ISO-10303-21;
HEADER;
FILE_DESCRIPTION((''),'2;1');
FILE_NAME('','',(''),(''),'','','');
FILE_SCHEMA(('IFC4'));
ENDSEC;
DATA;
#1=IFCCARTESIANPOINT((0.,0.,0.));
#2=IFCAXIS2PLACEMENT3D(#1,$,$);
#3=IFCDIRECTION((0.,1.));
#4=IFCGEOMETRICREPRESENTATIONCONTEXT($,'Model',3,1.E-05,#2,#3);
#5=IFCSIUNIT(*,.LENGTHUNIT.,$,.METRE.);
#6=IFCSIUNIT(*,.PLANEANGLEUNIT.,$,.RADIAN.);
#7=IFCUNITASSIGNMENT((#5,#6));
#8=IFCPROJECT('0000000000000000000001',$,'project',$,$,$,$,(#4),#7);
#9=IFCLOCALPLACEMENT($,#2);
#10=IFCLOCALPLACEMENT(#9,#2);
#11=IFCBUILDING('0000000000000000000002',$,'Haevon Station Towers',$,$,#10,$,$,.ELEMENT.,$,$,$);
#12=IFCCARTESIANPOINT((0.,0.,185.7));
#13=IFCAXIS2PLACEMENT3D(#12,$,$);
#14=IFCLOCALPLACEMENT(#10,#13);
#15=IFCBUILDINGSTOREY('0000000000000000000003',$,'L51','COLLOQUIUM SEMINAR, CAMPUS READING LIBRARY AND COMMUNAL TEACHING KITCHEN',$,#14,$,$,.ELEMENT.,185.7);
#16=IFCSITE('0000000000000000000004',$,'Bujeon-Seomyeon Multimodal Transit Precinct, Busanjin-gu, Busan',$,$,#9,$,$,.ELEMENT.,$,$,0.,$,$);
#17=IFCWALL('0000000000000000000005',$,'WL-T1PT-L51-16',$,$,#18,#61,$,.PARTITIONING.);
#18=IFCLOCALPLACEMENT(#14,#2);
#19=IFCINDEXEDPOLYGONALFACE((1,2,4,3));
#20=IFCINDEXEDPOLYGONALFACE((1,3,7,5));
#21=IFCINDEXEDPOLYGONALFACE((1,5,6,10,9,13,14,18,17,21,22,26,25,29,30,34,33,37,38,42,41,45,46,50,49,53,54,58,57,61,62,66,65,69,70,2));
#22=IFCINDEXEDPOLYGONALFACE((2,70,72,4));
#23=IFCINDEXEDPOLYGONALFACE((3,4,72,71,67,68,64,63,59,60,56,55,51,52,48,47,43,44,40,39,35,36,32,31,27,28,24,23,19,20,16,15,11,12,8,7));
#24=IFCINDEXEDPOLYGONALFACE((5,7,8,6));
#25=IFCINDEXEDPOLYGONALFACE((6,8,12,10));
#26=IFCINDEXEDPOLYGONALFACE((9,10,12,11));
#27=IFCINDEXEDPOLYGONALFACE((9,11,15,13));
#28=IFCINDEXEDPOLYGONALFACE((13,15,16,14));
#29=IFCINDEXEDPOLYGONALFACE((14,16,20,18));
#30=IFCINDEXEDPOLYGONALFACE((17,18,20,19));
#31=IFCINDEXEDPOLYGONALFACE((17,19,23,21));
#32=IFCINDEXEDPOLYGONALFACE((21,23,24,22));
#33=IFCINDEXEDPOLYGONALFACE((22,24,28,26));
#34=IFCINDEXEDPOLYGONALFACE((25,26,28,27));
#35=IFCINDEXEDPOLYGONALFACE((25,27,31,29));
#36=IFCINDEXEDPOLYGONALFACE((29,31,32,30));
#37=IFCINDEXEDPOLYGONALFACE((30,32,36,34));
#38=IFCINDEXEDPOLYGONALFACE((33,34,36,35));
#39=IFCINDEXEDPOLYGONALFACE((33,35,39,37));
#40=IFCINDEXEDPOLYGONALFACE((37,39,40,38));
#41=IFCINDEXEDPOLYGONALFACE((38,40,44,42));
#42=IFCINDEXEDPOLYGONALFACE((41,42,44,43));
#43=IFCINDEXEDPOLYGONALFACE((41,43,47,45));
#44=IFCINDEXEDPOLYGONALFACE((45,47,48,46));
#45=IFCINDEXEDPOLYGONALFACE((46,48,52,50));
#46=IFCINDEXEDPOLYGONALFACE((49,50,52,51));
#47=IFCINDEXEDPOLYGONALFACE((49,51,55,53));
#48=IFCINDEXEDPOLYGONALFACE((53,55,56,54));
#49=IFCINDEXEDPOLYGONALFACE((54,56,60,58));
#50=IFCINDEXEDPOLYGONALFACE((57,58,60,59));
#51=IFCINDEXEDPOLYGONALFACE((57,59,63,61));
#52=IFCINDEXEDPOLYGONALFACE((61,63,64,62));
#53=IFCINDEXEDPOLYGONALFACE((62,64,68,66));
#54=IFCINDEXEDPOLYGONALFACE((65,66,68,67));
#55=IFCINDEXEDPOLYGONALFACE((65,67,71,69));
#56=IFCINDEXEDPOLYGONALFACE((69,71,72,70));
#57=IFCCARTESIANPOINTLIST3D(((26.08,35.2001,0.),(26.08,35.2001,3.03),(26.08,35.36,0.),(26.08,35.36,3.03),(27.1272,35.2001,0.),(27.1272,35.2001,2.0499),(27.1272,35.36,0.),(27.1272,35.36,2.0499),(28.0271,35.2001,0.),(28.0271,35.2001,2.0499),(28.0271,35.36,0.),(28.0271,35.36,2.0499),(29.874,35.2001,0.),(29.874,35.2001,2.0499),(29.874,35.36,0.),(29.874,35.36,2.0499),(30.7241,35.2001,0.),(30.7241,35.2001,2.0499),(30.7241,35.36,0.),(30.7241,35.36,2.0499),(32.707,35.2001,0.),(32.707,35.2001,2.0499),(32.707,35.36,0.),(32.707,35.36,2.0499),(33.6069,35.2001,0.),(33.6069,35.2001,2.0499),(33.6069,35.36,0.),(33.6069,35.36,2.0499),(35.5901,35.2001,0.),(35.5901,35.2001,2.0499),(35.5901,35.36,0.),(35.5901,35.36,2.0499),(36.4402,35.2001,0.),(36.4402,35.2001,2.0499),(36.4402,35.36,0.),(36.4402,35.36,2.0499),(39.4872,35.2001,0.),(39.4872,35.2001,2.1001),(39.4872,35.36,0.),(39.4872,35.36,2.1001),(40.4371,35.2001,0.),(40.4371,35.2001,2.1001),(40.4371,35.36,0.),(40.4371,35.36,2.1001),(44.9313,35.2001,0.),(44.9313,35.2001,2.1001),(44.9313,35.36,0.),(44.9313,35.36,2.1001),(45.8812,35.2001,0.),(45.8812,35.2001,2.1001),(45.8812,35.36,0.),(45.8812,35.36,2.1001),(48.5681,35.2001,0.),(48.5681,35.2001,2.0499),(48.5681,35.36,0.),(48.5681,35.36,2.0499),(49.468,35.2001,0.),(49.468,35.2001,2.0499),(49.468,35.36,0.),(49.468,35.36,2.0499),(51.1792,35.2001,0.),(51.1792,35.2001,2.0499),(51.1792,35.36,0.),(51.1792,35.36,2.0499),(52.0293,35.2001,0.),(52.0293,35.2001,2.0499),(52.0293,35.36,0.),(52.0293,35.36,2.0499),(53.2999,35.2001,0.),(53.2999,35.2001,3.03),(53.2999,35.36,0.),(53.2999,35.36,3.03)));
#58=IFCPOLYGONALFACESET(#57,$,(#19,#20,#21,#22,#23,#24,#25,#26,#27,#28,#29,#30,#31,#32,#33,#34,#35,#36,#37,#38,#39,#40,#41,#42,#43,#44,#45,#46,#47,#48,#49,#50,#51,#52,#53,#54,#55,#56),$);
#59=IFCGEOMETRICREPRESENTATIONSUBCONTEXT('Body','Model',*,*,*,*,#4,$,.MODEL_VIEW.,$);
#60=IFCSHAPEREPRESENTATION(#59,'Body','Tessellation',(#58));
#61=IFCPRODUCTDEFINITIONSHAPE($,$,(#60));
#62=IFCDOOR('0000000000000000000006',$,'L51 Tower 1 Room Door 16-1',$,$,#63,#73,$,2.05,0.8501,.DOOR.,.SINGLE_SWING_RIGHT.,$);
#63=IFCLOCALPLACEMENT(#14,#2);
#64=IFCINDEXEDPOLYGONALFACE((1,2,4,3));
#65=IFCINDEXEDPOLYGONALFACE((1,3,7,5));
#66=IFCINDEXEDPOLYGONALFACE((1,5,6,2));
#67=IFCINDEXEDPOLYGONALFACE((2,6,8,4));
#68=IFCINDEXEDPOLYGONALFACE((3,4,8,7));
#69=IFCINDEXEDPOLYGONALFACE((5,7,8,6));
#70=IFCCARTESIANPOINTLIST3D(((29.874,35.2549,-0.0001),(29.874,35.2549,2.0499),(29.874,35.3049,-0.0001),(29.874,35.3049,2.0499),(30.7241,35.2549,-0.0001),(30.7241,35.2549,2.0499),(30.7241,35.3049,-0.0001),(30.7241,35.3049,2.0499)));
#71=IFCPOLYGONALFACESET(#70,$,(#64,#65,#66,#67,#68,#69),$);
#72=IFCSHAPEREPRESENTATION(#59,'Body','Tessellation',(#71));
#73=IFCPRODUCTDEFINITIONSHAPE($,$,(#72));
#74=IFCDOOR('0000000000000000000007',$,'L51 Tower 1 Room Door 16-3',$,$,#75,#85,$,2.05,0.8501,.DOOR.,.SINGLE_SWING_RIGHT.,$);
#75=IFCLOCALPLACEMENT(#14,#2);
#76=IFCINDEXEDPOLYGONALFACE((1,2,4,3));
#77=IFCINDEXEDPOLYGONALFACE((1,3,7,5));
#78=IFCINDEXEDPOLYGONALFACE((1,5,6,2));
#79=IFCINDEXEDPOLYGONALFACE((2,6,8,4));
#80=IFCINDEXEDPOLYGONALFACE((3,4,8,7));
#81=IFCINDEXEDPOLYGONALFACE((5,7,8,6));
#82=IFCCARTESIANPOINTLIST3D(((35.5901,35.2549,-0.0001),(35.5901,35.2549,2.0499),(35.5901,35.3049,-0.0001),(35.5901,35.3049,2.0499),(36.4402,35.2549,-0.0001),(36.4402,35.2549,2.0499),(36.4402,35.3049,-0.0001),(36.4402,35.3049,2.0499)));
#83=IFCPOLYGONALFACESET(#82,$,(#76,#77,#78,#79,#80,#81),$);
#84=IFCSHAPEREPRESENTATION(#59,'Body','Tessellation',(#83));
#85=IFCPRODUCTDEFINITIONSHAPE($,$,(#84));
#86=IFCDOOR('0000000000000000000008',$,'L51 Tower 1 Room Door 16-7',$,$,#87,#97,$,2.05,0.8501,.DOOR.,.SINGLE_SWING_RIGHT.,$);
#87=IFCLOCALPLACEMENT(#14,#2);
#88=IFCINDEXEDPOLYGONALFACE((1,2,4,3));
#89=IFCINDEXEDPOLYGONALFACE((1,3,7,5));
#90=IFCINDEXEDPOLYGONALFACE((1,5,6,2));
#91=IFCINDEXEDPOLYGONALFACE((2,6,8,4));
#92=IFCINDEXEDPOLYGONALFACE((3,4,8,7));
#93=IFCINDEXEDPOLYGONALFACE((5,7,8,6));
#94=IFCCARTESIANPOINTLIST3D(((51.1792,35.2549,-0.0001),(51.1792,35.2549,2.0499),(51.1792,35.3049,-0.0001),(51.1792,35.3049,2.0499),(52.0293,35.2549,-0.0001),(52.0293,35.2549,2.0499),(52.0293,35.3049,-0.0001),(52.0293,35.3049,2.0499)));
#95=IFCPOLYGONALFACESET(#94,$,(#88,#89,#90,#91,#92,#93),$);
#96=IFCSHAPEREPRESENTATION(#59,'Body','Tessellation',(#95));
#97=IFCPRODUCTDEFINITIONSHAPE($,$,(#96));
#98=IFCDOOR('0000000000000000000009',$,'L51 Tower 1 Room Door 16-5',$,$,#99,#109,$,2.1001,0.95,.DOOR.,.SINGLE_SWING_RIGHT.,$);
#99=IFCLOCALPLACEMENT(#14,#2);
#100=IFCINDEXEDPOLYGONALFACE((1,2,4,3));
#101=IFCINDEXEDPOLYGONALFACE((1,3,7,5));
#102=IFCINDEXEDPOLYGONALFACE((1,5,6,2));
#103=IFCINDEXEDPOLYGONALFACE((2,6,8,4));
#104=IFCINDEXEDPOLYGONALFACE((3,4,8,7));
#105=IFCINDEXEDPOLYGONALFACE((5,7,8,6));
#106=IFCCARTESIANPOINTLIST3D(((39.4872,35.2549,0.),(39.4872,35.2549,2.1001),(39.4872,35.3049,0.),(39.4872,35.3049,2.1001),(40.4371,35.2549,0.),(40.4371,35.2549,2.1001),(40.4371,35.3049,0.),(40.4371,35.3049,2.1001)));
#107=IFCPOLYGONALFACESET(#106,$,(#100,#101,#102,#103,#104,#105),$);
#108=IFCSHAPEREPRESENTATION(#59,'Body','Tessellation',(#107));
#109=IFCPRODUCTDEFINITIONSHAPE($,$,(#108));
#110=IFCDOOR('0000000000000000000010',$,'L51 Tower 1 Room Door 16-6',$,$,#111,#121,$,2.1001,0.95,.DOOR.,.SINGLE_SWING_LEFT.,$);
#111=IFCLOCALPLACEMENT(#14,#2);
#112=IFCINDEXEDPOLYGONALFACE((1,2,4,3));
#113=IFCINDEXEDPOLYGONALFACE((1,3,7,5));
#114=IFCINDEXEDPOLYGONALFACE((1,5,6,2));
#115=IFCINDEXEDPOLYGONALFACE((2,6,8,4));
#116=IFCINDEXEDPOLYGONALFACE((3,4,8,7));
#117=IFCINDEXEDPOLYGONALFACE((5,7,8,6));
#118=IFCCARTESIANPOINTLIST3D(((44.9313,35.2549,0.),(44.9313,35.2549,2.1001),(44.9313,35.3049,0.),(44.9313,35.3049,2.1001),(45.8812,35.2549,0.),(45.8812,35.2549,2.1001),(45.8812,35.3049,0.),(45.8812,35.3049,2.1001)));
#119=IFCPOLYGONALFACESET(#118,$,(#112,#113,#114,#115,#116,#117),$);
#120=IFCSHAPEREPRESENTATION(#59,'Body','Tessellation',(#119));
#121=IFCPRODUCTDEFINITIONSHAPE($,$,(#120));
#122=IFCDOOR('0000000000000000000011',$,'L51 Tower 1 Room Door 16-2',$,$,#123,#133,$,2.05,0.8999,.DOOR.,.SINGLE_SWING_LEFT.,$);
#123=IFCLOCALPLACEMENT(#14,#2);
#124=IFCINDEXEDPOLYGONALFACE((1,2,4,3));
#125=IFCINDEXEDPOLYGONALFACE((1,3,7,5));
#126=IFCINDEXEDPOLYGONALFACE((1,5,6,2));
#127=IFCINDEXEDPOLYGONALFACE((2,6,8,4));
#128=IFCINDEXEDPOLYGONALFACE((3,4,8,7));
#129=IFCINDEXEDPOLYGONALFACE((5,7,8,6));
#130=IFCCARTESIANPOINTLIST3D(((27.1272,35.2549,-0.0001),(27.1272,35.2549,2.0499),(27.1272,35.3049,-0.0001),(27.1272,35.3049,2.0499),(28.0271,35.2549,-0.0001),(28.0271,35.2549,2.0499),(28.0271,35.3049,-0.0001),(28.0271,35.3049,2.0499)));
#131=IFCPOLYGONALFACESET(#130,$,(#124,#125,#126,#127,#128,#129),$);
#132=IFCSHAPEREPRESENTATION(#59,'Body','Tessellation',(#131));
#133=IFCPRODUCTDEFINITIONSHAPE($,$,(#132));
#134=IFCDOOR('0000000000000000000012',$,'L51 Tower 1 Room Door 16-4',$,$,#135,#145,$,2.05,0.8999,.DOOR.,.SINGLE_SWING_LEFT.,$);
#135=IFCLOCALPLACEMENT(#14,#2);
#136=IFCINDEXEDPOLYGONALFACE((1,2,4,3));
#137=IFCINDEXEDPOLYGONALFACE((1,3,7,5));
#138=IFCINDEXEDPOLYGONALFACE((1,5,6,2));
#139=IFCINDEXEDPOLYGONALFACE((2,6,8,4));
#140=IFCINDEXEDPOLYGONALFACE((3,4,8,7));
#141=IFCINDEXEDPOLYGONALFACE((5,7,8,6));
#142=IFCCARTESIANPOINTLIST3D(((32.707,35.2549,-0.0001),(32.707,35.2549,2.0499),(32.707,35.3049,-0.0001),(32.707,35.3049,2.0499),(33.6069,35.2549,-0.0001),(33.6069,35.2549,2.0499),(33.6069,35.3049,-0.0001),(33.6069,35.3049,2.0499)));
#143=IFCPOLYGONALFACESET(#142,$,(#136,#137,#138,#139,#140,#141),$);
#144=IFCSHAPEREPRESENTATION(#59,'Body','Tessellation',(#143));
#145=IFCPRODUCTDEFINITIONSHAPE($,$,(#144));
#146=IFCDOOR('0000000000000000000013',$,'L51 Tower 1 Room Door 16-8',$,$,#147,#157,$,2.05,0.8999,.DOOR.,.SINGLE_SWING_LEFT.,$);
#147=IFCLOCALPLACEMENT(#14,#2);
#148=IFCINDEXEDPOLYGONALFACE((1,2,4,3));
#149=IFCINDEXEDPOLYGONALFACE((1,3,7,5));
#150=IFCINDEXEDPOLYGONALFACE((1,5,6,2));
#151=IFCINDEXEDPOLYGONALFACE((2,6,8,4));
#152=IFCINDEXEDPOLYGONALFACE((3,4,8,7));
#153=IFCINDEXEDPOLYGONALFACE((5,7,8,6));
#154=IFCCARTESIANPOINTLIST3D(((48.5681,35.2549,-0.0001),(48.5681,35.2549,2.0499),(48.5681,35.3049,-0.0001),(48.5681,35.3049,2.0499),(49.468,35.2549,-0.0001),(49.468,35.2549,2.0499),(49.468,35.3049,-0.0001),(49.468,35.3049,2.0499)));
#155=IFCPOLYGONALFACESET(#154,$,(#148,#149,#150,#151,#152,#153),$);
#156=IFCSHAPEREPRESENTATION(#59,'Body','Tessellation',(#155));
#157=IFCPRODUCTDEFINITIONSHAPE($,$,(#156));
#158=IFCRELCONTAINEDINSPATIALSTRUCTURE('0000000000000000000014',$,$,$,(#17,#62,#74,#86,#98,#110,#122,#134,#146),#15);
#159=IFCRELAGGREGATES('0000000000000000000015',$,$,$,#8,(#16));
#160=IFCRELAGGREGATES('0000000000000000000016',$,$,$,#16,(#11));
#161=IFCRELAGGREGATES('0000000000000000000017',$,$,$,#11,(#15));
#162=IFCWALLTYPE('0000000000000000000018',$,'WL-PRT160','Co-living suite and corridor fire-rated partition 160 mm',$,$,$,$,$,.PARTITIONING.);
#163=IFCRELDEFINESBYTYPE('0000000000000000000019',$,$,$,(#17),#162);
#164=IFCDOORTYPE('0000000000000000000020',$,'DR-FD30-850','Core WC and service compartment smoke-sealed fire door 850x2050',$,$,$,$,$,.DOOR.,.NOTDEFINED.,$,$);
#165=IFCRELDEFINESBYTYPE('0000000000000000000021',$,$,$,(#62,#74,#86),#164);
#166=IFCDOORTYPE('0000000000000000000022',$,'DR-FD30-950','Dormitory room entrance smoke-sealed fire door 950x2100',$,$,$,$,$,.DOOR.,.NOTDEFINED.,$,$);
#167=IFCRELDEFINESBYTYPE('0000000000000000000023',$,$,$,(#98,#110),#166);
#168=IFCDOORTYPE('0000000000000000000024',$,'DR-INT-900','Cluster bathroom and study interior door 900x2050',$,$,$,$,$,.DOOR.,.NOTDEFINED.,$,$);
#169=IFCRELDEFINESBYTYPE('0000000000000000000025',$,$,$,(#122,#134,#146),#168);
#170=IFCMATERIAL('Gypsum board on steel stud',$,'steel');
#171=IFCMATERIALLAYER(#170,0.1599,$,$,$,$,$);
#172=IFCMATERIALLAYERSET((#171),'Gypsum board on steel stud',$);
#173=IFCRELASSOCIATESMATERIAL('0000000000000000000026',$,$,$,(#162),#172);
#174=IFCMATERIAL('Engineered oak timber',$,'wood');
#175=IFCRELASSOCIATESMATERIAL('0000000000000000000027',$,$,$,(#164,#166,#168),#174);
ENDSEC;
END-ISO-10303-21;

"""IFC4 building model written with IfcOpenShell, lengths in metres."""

from ifc_helpers import new_model, si_unit, direction, frame, frame_2d, origin, place, context, subcontext, project, spatial, rectangle, extrude, material, layer, layer_set, type_object, element, fill, save


model = new_model("IFC4")

# Units and contexts
model_context = context("Model", 3, precision=1e-05, world=origin(), true_north=direction((0.0, 1.0)))
body_context = subcontext(model_context, "Body", "Model", "MODEL_VIEW")
ifc_project = project(units=[si_unit("LENGTHUNIT", "METRE"), si_unit("PLANEANGLEUNIT", "RADIAN")], contexts=[model_context])

# Site, building, storey
site_placement = place(None, origin())
site = spatial("IfcSite", under=ifc_project, at=site_placement, Name="Bujeon-Seomyeon Multimodal Transit Precinct, Busanjin-gu, Busan", CompositionType="ELEMENT", RefElevation=0.0)
building_placement = place(site_placement, origin())
building = spatial("IfcBuilding", under=site, at=building_placement, Name="Haevon Station Towers", CompositionType="ELEMENT")
storey_placement = place(building_placement, frame((0.0, 0.0, 185.7)))
storey = spatial("IfcBuildingStorey", under=building, at=storey_placement, Name="L51", Description="COLLOQUIUM SEMINAR, CAMPUS READING LIBRARY AND COMMUNAL TEACHING KITCHEN", CompositionType="ELEMENT", Elevation=185.7)

# Shared definitions
ifc_material_1 = material(Name="Gypsum board on steel stud", Category="steel")
ifc_material_2 = material(Name="Engineered oak timber", Category="wood")

# Wall, openings, doors
ifc_layer_1 = layer(ifc_material_1, 0.1599)
ifc_layer_set_1 = layer_set([ifc_layer_1], Name="Gypsum board on steel stud")
wall_type_1 = type_object("IfcWallType", Name="WL-PRT160", Description="Co-living suite and corridor fire-rated partition 160 mm", PredefinedType="PARTITIONING", material=ifc_layer_set_1)
wall_1_placement = place(storey_placement, frame((26.0801, 35.28, 0.0), z_axis=(0.0, 0.0, 1.0), x_axis=(1.0, 0.0, 0.0)))
wall_1 = element("IfcWall", 1, at=wall_1_placement, inside=storey, type_object=wall_type_1, Name="WL-T1PT-L51-16", PredefinedType="PARTITIONING", context=body_context, shape_type="SweptSolid", body=[
    extrude(rectangle(XDim=27.22, YDim=0.1599, at=frame_2d((13.6099, 0.0))), origin(), (0.0, 0.0, 1.0), 3.03),
])
opening_1_placement = place(wall_1_placement, frame((3.7939, 0.0, 0.0)))
opening_1 = element("IfcOpeningElement", 2, at=opening_1_placement, cuts=wall_1, PredefinedType="OPENING", context=body_context, shape_type="SweptSolid", body=[
    extrude(rectangle(XDim=0.8501, YDim=2.05, at=frame_2d((0.425, 1.0249))), frame((0.0, 0.0898, 0.0), z_axis=(0.0, -1.0, 0.0), x_axis=(1.0, 0.0, 0.0)), (0.0, 0.0, 1.0), 0.1799),
])
opening_2_placement = place(wall_1_placement, frame((1.0471, 0.0, 0.0)))
opening_2 = element("IfcOpeningElement", 3, at=opening_2_placement, cuts=wall_1, PredefinedType="OPENING", context=body_context, shape_type="SweptSolid", body=[
    extrude(rectangle(XDim=0.8999, YDim=2.05, at=frame_2d((0.45, 1.0249))), frame((0.0, 0.0898, 0.0), z_axis=(0.0, -1.0, 0.0), x_axis=(1.0, 0.0, 0.0)), (0.0, 0.0, 1.0), 0.1799),
])
opening_3_placement = place(wall_1_placement, frame((9.51, 0.0, 0.0)))
opening_3 = element("IfcOpeningElement", 4, at=opening_3_placement, cuts=wall_1, PredefinedType="OPENING", context=body_context, shape_type="SweptSolid", body=[
    extrude(rectangle(XDim=0.8501, YDim=2.05, at=frame_2d((0.425, 1.0249))), frame((0.0, 0.0898, 0.0), z_axis=(0.0, -1.0, 0.0), x_axis=(1.0, 0.0, 0.0)), (0.0, 0.0, 1.0), 0.1799),
])
opening_4_placement = place(wall_1_placement, frame((6.627, 0.0, 0.0)))
opening_4 = element("IfcOpeningElement", 5, at=opening_4_placement, cuts=wall_1, PredefinedType="OPENING", context=body_context, shape_type="SweptSolid", body=[
    extrude(rectangle(XDim=0.8999, YDim=2.05, at=frame_2d((0.45, 1.0249))), frame((0.0, 0.0898, 0.0), z_axis=(0.0, -1.0, 0.0), x_axis=(1.0, 0.0, 0.0)), (0.0, 0.0, 1.0), 0.1799),
])
opening_5_placement = place(wall_1_placement, frame((13.407, 0.0, 0.0)))
opening_5 = element("IfcOpeningElement", 6, at=opening_5_placement, cuts=wall_1, PredefinedType="OPENING", context=body_context, shape_type="SweptSolid", body=[
    extrude(rectangle(XDim=0.95, YDim=2.1001, at=frame_2d((0.4751, 1.05))), frame((0.0, 0.0898, 0.0), z_axis=(0.0, -1.0, 0.0), x_axis=(1.0, 0.0, 0.0)), (0.0, 0.0, 1.0), 0.1799),
])
opening_6_placement = place(wall_1_placement, frame((18.8511, 0.0, 0.0)))
opening_6 = element("IfcOpeningElement", 7, at=opening_6_placement, cuts=wall_1, PredefinedType="OPENING", context=body_context, shape_type="SweptSolid", body=[
    extrude(rectangle(XDim=0.95, YDim=2.1001, at=frame_2d((0.4751, 1.05))), frame((0.0, 0.0898, 0.0), z_axis=(0.0, -1.0, 0.0), x_axis=(1.0, 0.0, 0.0)), (0.0, 0.0, 1.0), 0.1799),
])
opening_7_placement = place(wall_1_placement, frame((25.0991, 0.0, 0.0)))
opening_7 = element("IfcOpeningElement", 8, at=opening_7_placement, cuts=wall_1, PredefinedType="OPENING", context=body_context, shape_type="SweptSolid", body=[
    extrude(rectangle(XDim=0.8501, YDim=2.05, at=frame_2d((0.425, 1.0249))), frame((0.0, 0.0898, 0.0), z_axis=(0.0, -1.0, 0.0), x_axis=(1.0, 0.0, 0.0)), (0.0, 0.0, 1.0), 0.1799),
])
opening_8_placement = place(wall_1_placement, frame((22.488, 0.0, 0.0)))
opening_8 = element("IfcOpeningElement", 9, at=opening_8_placement, cuts=wall_1, PredefinedType="OPENING", context=body_context, shape_type="SweptSolid", body=[
    extrude(rectangle(XDim=0.8999, YDim=2.05, at=frame_2d((0.45, 1.0249))), frame((0.0, 0.0898, 0.0), z_axis=(0.0, -1.0, 0.0), x_axis=(1.0, 0.0, 0.0)), (0.0, 0.0, 1.0), 0.1799),
])
door_type_1 = type_object("IfcDoorType", Name="DR-FD30-850", Description="Core WC and service compartment smoke-sealed fire door 850x2050", OperationType="NOTDEFINED", PredefinedType="DOOR", material=ifc_material_2)
door_1_placement = place(opening_1_placement, origin())
door_1 = element("IfcDoor", 10, at=door_1_placement, inside=storey, type_object=door_type_1, Name="L51 Tower 1 Room Door 16-1", OperationType="SINGLE_SWING_RIGHT", OverallHeight=2.05, OverallWidth=0.8501, PredefinedType="DOOR", context=body_context, shape_type="SweptSolid", body=[
    extrude(rectangle(XDim=0.8501, YDim=2.05, at=frame_2d((0.425, 1.0249))), frame((0.0, 0.0249, 0.0), z_axis=(0.0, -1.0, 0.0), x_axis=(1.0, 0.0, 0.0)), (0.0, 0.0, 1.0), 0.05),
])
fill(opening_1, door_1)
door_2_placement = place(opening_3_placement, origin())
door_2 = element("IfcDoor", 11, at=door_2_placement, inside=storey, type_object=door_type_1, Name="L51 Tower 1 Room Door 16-3", OperationType="SINGLE_SWING_RIGHT", OverallHeight=2.05, OverallWidth=0.8501, PredefinedType="DOOR", context=body_context, shape_type="SweptSolid", body=[
    extrude(rectangle(XDim=0.8501, YDim=2.05, at=frame_2d((0.425, 1.0249))), frame((0.0, 0.0249, 0.0), z_axis=(0.0, -1.0, 0.0), x_axis=(1.0, 0.0, 0.0)), (0.0, 0.0, 1.0), 0.05),
])
fill(opening_3, door_2)
door_3_placement = place(opening_7_placement, origin())
door_3 = element("IfcDoor", 12, at=door_3_placement, inside=storey, type_object=door_type_1, Name="L51 Tower 1 Room Door 16-7", OperationType="SINGLE_SWING_RIGHT", OverallHeight=2.05, OverallWidth=0.8501, PredefinedType="DOOR", context=body_context, shape_type="SweptSolid", body=[
    extrude(rectangle(XDim=0.8501, YDim=2.05, at=frame_2d((0.425, 1.0249))), frame((0.0, 0.0249, 0.0), z_axis=(0.0, -1.0, 0.0), x_axis=(1.0, 0.0, 0.0)), (0.0, 0.0, 1.0), 0.05),
])
fill(opening_7, door_3)
door_type_2 = type_object("IfcDoorType", Name="DR-FD30-950", Description="Dormitory room entrance smoke-sealed fire door 950x2100", OperationType="NOTDEFINED", PredefinedType="DOOR", material=ifc_material_2)
door_4_placement = place(opening_5_placement, origin())
door_4 = element("IfcDoor", 13, at=door_4_placement, inside=storey, type_object=door_type_2, Name="L51 Tower 1 Room Door 16-5", OperationType="SINGLE_SWING_RIGHT", OverallHeight=2.1001, OverallWidth=0.95, PredefinedType="DOOR", context=body_context, shape_type="SweptSolid", body=[
    extrude(rectangle(XDim=0.95, YDim=2.1001, at=frame_2d((0.4751, 1.05))), frame((0.0, 0.0249, 0.0), z_axis=(0.0, -1.0, 0.0), x_axis=(1.0, 0.0, 0.0)), (0.0, 0.0, 1.0), 0.05),
])
fill(opening_5, door_4)
door_5_placement = place(opening_6_placement, origin())
door_5 = element("IfcDoor", 14, at=door_5_placement, inside=storey, type_object=door_type_2, Name="L51 Tower 1 Room Door 16-6", OperationType="SINGLE_SWING_LEFT", OverallHeight=2.1001, OverallWidth=0.95, PredefinedType="DOOR", context=body_context, shape_type="SweptSolid", body=[
    extrude(rectangle(XDim=0.95, YDim=2.1001, at=frame_2d((0.4751, 1.05))), frame((0.0, 0.0249, 0.0), z_axis=(0.0, -1.0, 0.0), x_axis=(1.0, 0.0, 0.0)), (0.0, 0.0, 1.0), 0.05),
])
fill(opening_6, door_5)
door_type_3 = type_object("IfcDoorType", Name="DR-INT-900", Description="Cluster bathroom and study interior door 900x2050", OperationType="NOTDEFINED", PredefinedType="DOOR", material=ifc_material_2)
door_6_placement = place(opening_2_placement, origin())
door_6 = element("IfcDoor", 15, at=door_6_placement, inside=storey, type_object=door_type_3, Name="L51 Tower 1 Room Door 16-2", OperationType="SINGLE_SWING_LEFT", OverallHeight=2.05, OverallWidth=0.8999, PredefinedType="DOOR", context=body_context, shape_type="SweptSolid", body=[
    extrude(rectangle(XDim=0.8999, YDim=2.05, at=frame_2d((0.45, 1.0249))), frame((0.0, 0.0249, 0.0), z_axis=(0.0, -1.0, 0.0), x_axis=(1.0, 0.0, 0.0)), (0.0, 0.0, 1.0), 0.05),
])
fill(opening_2, door_6)
door_7_placement = place(opening_4_placement, origin())
door_7 = element("IfcDoor", 16, at=door_7_placement, inside=storey, type_object=door_type_3, Name="L51 Tower 1 Room Door 16-4", OperationType="SINGLE_SWING_LEFT", OverallHeight=2.05, OverallWidth=0.8999, PredefinedType="DOOR", context=body_context, shape_type="SweptSolid", body=[
    extrude(rectangle(XDim=0.8999, YDim=2.05, at=frame_2d((0.45, 1.0249))), frame((0.0, 0.0249, 0.0), z_axis=(0.0, -1.0, 0.0), x_axis=(1.0, 0.0, 0.0)), (0.0, 0.0, 1.0), 0.05),
])
fill(opening_4, door_7)
door_8_placement = place(opening_8_placement, origin())
door_8 = element("IfcDoor", 17, at=door_8_placement, inside=storey, type_object=door_type_3, Name="L51 Tower 1 Room Door 16-8", OperationType="SINGLE_SWING_LEFT", OverallHeight=2.05, OverallWidth=0.8999, PredefinedType="DOOR", context=body_context, shape_type="SweptSolid", body=[
    extrude(rectangle(XDim=0.8999, YDim=2.05, at=frame_2d((0.45, 1.0249))), frame((0.0, 0.0249, 0.0), z_axis=(0.0, -1.0, 0.0), x_axis=(1.0, 0.0, 0.0)), (0.0, 0.0, 1.0), 0.05),
])
fill(opening_8, door_8)

save(model, "model.ifc")
